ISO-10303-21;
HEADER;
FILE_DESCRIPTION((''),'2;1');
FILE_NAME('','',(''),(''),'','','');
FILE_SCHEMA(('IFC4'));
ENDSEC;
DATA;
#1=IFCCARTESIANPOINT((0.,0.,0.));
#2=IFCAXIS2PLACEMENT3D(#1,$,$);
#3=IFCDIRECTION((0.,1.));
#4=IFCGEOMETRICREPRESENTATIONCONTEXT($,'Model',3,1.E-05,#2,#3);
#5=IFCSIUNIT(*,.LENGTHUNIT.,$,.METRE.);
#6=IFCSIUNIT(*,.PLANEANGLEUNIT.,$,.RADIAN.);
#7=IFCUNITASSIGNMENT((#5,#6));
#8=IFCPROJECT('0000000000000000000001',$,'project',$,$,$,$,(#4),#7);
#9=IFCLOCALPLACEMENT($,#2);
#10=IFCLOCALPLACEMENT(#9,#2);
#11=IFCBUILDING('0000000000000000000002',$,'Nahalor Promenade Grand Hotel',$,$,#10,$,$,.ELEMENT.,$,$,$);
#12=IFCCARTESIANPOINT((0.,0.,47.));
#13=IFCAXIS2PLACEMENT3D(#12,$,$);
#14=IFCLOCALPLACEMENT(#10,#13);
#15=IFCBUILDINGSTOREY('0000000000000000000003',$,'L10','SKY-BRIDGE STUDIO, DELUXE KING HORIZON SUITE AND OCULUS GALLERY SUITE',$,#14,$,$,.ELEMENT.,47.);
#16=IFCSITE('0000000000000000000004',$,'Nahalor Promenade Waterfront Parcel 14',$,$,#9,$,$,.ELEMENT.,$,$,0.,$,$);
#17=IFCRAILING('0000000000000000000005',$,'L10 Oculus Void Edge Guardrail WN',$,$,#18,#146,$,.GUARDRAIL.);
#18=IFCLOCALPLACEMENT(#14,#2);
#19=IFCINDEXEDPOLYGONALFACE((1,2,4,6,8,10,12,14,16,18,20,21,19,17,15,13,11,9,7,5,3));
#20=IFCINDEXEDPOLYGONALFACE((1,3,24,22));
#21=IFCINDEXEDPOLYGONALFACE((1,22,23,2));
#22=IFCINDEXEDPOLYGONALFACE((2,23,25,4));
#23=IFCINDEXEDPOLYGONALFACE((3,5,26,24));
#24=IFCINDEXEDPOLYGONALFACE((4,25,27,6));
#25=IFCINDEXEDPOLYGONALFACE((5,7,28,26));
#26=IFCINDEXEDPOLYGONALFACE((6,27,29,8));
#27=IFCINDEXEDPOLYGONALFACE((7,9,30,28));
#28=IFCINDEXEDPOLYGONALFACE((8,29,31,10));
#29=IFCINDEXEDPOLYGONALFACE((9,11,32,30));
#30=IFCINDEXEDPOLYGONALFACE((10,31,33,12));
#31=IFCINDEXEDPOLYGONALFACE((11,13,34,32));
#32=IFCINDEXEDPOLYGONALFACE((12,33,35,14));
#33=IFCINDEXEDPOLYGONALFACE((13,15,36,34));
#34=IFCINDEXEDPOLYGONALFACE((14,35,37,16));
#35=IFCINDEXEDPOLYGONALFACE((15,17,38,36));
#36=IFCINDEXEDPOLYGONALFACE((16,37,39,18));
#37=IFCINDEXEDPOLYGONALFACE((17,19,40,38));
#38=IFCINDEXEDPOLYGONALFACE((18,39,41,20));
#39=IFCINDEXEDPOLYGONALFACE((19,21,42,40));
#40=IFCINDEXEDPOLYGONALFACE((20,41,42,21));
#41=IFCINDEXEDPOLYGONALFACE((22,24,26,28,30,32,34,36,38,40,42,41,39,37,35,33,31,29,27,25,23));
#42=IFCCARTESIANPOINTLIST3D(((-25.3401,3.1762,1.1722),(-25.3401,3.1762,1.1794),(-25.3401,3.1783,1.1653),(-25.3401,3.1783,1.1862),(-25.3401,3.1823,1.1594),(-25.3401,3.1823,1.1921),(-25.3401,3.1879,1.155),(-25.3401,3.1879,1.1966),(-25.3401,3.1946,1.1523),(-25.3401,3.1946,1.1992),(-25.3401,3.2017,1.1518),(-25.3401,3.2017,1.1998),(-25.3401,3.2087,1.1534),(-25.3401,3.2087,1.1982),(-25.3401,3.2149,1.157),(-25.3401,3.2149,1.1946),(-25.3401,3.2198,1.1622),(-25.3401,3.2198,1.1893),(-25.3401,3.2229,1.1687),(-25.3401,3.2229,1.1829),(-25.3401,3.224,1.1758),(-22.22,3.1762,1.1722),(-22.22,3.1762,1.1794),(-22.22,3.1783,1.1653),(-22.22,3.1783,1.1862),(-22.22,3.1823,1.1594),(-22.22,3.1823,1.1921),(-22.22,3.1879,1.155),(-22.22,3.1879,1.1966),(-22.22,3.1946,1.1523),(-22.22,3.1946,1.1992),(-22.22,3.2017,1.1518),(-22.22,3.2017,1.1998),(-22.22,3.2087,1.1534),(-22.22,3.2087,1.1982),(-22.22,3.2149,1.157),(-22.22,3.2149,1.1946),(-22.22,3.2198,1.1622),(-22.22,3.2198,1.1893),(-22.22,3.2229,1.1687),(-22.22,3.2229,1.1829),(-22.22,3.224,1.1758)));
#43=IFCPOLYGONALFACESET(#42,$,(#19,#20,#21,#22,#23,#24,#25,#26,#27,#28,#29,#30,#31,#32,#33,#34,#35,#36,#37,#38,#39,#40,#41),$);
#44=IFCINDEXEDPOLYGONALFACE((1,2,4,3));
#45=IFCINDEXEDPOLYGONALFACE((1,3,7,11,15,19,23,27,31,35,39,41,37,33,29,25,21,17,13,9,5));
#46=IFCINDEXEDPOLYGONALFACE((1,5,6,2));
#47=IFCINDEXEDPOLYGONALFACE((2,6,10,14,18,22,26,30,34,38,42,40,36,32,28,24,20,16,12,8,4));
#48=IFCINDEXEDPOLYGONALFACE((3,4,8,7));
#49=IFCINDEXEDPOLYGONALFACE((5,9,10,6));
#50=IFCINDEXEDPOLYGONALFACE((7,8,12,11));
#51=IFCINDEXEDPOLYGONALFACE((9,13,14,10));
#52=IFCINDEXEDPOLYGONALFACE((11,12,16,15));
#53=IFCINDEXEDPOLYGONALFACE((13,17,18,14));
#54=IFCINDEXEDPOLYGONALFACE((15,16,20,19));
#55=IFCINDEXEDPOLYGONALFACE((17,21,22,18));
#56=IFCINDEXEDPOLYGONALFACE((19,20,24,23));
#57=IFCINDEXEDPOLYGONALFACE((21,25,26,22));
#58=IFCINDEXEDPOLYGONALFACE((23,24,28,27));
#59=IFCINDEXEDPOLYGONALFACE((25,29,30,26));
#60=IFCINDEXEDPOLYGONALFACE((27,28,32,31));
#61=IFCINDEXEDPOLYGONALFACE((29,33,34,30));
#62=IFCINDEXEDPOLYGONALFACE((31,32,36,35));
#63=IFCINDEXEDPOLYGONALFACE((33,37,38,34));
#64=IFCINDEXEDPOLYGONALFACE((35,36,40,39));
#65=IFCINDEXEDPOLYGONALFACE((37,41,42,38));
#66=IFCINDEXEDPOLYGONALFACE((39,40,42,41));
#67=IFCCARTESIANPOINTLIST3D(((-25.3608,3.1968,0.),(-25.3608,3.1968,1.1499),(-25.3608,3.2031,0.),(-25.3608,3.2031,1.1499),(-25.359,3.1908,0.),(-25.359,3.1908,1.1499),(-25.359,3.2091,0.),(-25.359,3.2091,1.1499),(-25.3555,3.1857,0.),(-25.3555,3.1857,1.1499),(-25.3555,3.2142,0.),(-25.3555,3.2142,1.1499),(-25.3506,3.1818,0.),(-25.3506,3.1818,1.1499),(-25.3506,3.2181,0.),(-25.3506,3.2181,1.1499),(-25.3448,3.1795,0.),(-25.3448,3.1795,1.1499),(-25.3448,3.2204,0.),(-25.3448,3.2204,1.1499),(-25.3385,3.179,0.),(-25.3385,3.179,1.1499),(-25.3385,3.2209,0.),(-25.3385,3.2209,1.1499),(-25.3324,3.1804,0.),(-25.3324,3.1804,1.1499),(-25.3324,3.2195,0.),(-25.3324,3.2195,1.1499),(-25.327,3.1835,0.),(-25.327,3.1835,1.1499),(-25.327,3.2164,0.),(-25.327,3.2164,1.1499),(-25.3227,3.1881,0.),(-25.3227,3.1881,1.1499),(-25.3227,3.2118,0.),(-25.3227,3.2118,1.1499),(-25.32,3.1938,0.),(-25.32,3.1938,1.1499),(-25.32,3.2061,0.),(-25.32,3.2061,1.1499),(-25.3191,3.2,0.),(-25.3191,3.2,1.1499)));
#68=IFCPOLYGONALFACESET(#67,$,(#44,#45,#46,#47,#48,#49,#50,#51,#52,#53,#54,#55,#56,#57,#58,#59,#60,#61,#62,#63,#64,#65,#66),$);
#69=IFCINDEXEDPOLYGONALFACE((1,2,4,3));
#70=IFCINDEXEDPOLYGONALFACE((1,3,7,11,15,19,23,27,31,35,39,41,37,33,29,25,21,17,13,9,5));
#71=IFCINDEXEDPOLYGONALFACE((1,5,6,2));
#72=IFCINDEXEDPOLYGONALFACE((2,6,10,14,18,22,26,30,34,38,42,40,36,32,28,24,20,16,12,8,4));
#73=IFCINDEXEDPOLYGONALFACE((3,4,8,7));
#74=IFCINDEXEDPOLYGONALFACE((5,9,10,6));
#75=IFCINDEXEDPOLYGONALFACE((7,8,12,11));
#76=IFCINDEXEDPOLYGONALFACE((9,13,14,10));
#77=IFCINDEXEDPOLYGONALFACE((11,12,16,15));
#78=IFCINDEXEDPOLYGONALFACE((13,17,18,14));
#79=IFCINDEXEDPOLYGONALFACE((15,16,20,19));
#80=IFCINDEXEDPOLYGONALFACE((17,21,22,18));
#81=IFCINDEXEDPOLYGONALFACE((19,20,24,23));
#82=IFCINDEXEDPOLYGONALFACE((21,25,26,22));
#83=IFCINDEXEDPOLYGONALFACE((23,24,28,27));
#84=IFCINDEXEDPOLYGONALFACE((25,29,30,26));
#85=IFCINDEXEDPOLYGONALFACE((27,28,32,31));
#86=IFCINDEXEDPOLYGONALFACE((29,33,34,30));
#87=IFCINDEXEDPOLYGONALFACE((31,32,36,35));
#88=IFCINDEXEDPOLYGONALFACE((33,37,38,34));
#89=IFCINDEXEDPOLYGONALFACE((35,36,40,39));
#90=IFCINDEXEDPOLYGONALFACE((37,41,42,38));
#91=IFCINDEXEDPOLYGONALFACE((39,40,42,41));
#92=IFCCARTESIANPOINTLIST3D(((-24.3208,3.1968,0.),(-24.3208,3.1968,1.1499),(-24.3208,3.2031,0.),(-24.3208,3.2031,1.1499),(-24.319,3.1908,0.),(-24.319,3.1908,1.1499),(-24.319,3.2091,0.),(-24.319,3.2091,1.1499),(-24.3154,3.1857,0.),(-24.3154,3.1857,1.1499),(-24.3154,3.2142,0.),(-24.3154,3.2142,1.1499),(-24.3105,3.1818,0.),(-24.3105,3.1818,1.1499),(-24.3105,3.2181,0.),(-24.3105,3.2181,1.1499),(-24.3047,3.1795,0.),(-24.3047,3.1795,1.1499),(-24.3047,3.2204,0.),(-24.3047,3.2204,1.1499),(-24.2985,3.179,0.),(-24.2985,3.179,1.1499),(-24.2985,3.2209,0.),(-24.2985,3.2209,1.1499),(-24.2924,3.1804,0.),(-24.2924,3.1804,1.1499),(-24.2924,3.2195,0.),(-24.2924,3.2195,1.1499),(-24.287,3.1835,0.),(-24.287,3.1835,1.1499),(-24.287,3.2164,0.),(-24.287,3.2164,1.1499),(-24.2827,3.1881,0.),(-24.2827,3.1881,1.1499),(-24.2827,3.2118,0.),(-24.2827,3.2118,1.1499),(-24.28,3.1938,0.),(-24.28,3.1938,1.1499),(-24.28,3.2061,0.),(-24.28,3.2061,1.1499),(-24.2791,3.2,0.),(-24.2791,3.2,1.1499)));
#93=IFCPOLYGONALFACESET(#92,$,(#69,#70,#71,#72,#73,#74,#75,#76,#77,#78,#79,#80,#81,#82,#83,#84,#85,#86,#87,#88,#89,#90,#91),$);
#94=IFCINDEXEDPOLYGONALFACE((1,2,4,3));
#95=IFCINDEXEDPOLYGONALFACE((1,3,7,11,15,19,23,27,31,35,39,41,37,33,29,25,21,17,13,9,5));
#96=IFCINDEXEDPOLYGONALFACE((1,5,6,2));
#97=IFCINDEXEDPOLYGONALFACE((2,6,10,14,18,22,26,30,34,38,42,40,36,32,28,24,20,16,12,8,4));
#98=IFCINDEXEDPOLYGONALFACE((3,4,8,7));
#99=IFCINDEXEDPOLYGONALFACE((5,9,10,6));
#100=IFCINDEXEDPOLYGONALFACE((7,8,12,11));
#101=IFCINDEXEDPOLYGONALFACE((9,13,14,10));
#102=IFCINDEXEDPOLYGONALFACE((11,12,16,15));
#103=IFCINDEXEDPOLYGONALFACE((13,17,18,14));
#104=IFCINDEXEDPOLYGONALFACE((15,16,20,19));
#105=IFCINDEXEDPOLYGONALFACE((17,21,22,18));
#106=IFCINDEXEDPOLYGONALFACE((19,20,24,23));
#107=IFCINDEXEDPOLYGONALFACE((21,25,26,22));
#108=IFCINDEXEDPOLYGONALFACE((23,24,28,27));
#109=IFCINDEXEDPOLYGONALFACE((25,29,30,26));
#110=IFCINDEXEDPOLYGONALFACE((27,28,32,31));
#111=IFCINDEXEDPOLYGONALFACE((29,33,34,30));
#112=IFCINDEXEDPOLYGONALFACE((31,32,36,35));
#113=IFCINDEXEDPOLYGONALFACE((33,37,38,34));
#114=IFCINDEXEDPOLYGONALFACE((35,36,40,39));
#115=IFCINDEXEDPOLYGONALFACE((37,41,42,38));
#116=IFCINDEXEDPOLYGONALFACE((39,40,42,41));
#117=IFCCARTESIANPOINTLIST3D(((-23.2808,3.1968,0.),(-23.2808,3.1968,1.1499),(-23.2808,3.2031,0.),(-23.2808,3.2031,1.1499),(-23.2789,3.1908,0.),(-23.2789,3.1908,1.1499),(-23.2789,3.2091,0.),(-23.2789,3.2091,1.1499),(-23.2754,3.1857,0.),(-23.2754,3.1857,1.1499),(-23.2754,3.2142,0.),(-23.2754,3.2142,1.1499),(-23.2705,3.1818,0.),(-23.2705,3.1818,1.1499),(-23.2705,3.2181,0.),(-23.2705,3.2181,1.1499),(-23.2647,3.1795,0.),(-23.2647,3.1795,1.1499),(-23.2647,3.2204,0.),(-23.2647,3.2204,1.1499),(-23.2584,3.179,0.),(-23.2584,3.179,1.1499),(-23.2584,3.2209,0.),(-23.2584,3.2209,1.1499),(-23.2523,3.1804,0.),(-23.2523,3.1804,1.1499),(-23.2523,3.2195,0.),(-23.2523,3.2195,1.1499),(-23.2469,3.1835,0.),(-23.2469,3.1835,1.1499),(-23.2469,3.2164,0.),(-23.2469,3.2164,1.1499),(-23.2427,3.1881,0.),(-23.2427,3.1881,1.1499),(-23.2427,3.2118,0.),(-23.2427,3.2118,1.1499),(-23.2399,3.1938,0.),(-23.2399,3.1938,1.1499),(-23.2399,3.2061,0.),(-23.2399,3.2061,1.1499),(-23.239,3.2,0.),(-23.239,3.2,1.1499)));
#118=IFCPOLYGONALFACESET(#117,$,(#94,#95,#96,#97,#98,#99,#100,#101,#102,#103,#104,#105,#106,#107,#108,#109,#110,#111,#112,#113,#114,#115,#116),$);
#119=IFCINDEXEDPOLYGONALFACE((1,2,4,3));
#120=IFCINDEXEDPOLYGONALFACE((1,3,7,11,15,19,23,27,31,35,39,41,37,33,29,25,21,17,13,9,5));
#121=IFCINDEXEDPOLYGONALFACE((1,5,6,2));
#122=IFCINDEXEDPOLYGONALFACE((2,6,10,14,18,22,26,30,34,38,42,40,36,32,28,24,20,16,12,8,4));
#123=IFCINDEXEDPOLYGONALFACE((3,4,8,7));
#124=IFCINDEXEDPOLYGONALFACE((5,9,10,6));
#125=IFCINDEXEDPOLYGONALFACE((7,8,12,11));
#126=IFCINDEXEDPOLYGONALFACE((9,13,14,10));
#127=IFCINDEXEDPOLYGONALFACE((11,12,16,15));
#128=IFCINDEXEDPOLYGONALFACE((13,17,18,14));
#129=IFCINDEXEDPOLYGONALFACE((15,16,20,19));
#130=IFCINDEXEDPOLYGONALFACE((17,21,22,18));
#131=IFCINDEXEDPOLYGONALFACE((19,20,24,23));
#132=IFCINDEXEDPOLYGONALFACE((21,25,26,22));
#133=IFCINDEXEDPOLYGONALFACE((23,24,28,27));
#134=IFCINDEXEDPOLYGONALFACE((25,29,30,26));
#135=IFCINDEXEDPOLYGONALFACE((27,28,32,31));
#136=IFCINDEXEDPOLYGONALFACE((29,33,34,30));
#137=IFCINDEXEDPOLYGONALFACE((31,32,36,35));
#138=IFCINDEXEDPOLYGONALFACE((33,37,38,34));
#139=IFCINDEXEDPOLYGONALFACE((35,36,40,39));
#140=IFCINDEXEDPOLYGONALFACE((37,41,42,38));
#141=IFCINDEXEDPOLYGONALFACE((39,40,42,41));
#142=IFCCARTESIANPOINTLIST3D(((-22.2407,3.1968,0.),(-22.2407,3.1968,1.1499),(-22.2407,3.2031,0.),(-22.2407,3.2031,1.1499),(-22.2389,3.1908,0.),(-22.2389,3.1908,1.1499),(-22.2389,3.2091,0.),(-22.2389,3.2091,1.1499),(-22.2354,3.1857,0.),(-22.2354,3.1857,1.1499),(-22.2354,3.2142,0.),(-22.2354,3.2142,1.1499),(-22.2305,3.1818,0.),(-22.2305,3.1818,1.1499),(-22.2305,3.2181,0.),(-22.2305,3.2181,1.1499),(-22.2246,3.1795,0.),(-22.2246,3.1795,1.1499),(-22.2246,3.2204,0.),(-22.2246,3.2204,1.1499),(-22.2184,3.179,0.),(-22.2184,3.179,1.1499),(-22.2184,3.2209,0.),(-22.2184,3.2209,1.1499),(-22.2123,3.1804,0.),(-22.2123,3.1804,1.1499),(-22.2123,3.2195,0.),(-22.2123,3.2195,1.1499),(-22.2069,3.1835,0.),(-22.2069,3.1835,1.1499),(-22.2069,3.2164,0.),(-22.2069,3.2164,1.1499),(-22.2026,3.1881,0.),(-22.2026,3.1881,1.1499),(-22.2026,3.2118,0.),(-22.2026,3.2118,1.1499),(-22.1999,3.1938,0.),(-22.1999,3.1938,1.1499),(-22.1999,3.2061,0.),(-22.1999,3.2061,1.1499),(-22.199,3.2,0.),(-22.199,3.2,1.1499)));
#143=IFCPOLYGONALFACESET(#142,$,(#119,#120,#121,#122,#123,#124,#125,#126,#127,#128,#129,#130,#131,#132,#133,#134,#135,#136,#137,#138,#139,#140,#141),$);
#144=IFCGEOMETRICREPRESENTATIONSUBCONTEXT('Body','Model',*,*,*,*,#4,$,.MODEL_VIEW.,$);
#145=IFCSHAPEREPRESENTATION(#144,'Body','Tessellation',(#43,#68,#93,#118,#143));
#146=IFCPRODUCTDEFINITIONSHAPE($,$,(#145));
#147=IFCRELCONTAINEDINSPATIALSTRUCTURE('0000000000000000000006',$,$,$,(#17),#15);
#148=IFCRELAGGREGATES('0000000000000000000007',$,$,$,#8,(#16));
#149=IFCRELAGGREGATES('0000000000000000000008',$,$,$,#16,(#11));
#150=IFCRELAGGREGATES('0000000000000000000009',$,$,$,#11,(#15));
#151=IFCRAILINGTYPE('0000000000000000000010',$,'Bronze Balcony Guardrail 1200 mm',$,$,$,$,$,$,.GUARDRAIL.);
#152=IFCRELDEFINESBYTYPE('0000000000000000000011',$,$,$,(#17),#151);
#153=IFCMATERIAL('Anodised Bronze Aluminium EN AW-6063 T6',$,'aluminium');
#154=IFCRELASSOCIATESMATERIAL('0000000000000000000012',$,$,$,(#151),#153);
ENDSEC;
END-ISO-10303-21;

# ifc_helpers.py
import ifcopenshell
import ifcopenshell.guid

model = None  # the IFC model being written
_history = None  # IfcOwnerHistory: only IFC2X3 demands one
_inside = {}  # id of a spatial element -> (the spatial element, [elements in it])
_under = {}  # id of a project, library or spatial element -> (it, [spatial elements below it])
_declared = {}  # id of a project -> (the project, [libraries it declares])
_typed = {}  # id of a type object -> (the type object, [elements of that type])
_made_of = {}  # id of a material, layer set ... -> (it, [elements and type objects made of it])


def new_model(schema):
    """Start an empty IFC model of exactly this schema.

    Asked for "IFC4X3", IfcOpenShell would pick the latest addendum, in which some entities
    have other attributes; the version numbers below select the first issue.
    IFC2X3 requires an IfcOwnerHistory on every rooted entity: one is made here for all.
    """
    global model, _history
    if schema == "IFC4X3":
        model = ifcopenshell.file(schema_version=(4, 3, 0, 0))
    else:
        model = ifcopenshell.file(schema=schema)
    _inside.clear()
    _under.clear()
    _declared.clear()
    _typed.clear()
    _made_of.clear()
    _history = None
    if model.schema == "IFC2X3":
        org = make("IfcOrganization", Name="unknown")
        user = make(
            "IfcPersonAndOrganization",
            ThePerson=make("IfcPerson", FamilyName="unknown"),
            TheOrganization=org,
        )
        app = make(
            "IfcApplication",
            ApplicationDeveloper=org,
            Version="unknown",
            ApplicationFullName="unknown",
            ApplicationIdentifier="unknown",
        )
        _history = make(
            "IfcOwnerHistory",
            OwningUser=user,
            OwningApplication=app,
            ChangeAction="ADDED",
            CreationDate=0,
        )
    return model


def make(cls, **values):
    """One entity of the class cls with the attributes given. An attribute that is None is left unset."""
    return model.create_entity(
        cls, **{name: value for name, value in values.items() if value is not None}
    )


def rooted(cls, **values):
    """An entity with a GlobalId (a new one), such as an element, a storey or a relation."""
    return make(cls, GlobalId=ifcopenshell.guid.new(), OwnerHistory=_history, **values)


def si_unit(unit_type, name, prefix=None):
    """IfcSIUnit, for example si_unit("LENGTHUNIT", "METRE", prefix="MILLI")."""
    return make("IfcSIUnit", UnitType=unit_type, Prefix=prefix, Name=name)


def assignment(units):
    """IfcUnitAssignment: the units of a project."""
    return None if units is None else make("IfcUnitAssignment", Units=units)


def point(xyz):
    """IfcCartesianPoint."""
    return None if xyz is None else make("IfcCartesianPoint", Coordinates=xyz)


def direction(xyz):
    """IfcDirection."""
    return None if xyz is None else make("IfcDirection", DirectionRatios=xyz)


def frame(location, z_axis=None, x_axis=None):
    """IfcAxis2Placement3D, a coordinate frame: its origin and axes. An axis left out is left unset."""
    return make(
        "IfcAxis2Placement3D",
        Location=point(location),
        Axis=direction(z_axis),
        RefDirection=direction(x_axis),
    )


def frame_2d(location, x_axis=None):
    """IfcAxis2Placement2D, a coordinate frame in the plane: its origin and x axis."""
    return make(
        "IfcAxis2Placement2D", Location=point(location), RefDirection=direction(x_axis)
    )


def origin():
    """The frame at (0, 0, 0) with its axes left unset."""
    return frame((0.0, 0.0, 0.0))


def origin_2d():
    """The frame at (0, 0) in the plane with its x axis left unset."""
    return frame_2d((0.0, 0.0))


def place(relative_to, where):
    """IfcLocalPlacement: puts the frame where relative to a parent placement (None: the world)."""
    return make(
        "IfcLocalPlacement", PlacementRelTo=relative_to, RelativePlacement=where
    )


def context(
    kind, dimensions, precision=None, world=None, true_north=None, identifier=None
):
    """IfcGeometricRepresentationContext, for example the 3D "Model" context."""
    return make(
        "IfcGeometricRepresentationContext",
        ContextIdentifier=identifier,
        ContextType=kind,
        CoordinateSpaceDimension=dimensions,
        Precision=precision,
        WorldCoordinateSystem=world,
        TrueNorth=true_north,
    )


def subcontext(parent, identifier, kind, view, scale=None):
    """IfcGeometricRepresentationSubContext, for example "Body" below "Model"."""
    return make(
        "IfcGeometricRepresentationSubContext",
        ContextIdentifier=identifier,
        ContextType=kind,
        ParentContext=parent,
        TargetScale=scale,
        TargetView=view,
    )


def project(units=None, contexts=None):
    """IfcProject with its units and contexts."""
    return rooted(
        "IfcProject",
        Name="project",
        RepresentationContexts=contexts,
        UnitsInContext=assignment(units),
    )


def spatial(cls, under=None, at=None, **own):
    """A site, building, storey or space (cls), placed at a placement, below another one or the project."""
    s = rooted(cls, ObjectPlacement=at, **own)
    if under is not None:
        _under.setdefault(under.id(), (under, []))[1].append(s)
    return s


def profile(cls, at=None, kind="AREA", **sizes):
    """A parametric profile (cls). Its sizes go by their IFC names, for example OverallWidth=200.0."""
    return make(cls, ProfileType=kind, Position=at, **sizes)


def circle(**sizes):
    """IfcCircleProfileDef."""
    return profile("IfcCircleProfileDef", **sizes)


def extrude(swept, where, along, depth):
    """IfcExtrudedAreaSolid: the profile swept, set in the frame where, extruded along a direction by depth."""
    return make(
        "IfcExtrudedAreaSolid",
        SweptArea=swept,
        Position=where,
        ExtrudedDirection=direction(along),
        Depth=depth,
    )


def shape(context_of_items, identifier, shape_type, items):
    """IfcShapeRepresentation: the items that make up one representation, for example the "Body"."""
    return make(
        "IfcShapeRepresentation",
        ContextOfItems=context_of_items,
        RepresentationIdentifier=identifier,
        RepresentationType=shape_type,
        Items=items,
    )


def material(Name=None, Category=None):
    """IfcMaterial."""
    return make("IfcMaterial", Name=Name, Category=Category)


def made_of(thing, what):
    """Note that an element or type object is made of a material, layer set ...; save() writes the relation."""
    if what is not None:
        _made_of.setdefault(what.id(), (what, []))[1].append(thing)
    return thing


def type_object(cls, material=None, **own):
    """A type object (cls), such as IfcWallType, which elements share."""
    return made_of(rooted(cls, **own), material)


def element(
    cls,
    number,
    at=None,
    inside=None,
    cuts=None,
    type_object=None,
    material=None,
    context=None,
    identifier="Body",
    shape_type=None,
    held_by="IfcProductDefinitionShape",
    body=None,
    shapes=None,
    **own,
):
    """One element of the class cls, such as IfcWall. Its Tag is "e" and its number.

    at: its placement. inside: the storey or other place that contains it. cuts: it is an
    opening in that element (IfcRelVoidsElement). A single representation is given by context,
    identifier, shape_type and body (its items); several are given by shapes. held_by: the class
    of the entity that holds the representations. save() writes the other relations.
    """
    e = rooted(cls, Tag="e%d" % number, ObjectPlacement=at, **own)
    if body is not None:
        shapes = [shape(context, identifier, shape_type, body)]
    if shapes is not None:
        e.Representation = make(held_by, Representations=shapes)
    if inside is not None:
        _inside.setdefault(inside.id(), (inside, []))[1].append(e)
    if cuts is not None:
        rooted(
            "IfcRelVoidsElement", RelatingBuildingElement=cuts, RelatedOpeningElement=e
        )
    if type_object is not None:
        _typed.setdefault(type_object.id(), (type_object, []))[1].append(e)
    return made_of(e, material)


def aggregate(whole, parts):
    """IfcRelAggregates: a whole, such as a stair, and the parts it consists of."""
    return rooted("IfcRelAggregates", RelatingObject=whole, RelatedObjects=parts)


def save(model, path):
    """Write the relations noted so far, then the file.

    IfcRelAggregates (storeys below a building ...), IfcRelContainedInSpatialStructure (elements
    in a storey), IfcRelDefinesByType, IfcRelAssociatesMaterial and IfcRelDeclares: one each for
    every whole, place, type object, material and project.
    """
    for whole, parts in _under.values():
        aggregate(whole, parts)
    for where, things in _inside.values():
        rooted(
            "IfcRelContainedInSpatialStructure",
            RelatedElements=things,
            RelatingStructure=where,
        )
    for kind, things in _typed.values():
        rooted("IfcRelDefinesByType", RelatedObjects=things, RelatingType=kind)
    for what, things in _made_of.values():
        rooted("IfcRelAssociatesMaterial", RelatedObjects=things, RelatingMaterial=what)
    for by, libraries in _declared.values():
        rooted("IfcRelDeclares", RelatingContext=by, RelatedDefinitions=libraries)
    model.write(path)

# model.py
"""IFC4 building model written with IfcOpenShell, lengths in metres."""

from ifc_helpers import new_model, si_unit, direction, frame, origin, origin_2d, place, context, subcontext, project, spatial, circle, extrude, material, type_object, element, save


model = new_model("IFC4")

# Units and contexts
model_context = context("Model", 3, precision=1e-05, world=origin(), true_north=direction((0.0, 1.0)))
body_context = subcontext(model_context, "Body", "Model", "MODEL_VIEW")
ifc_project = project(units=[si_unit("LENGTHUNIT", "METRE"), si_unit("PLANEANGLEUNIT", "RADIAN")], contexts=[model_context])

# Site, building, storey
site_placement = place(None, origin())
site = spatial("IfcSite", under=ifc_project, at=site_placement, Name="Nahalor Promenade Waterfront Parcel 14", CompositionType="ELEMENT", RefElevation=0.0)
building_placement = place(site_placement, origin())
building = spatial("IfcBuilding", under=site, at=building_placement, Name="Nahalor Promenade Grand Hotel", CompositionType="ELEMENT")
storey_placement = place(building_placement, frame((0.0, 0.0, 47.0)))
storey = spatial("IfcBuildingStorey", under=building, at=storey_placement, Name="L10", Description="SKY-BRIDGE STUDIO, DELUXE KING HORIZON SUITE AND OCULUS GALLERY SUITE", CompositionType="ELEMENT", Elevation=47.0)

# Shared definitions
ifc_material_1 = material(Name="Anodised Bronze Aluminium EN AW-6063 T6", Category="aluminium")

# Railing
railing_type = type_object("IfcRailingType", Name="Bronze Balcony Guardrail 1200 mm", PredefinedType="GUARDRAIL", material=ifc_material_1)
railing_1_placement = place(storey_placement, frame((-25.3401, 3.2, 0.0)))
element("IfcRailing", 1, at=railing_1_placement, inside=storey, type_object=railing_type, Name="L10 Oculus Void Edge Guardrail WN", PredefinedType="GUARDRAIL", context=body_context, shape_type="SweptSolid", body=[
    extrude(circle(Radius=0.024, at=origin_2d()), frame((0.0, 0.0, 1.1758), z_axis=(1.0, 0.0, 0.0), x_axis=(0.0, 1.0, 0.0)), (0.0, 0.0, 1.0), 3.1201),
    extrude(circle(Radius=0.021, at=origin_2d()), origin(), (0.0, 0.0, 1.0), 1.1499),
    extrude(circle(Radius=0.021, at=origin_2d()), frame((1.04, 0.0, 0.0)), (0.0, 0.0, 1.0), 1.1499),
    extrude(circle(Radius=0.021, at=origin_2d()), frame((2.0801, 0.0, 0.0)), (0.0, 0.0, 1.0), 1.1499),
    extrude(circle(Radius=0.021, at=origin_2d()), frame((3.1201, 0.0, 0.0)), (0.0, 0.0, 1.0), 1.1499),
])

save(model, "model.ifc")
